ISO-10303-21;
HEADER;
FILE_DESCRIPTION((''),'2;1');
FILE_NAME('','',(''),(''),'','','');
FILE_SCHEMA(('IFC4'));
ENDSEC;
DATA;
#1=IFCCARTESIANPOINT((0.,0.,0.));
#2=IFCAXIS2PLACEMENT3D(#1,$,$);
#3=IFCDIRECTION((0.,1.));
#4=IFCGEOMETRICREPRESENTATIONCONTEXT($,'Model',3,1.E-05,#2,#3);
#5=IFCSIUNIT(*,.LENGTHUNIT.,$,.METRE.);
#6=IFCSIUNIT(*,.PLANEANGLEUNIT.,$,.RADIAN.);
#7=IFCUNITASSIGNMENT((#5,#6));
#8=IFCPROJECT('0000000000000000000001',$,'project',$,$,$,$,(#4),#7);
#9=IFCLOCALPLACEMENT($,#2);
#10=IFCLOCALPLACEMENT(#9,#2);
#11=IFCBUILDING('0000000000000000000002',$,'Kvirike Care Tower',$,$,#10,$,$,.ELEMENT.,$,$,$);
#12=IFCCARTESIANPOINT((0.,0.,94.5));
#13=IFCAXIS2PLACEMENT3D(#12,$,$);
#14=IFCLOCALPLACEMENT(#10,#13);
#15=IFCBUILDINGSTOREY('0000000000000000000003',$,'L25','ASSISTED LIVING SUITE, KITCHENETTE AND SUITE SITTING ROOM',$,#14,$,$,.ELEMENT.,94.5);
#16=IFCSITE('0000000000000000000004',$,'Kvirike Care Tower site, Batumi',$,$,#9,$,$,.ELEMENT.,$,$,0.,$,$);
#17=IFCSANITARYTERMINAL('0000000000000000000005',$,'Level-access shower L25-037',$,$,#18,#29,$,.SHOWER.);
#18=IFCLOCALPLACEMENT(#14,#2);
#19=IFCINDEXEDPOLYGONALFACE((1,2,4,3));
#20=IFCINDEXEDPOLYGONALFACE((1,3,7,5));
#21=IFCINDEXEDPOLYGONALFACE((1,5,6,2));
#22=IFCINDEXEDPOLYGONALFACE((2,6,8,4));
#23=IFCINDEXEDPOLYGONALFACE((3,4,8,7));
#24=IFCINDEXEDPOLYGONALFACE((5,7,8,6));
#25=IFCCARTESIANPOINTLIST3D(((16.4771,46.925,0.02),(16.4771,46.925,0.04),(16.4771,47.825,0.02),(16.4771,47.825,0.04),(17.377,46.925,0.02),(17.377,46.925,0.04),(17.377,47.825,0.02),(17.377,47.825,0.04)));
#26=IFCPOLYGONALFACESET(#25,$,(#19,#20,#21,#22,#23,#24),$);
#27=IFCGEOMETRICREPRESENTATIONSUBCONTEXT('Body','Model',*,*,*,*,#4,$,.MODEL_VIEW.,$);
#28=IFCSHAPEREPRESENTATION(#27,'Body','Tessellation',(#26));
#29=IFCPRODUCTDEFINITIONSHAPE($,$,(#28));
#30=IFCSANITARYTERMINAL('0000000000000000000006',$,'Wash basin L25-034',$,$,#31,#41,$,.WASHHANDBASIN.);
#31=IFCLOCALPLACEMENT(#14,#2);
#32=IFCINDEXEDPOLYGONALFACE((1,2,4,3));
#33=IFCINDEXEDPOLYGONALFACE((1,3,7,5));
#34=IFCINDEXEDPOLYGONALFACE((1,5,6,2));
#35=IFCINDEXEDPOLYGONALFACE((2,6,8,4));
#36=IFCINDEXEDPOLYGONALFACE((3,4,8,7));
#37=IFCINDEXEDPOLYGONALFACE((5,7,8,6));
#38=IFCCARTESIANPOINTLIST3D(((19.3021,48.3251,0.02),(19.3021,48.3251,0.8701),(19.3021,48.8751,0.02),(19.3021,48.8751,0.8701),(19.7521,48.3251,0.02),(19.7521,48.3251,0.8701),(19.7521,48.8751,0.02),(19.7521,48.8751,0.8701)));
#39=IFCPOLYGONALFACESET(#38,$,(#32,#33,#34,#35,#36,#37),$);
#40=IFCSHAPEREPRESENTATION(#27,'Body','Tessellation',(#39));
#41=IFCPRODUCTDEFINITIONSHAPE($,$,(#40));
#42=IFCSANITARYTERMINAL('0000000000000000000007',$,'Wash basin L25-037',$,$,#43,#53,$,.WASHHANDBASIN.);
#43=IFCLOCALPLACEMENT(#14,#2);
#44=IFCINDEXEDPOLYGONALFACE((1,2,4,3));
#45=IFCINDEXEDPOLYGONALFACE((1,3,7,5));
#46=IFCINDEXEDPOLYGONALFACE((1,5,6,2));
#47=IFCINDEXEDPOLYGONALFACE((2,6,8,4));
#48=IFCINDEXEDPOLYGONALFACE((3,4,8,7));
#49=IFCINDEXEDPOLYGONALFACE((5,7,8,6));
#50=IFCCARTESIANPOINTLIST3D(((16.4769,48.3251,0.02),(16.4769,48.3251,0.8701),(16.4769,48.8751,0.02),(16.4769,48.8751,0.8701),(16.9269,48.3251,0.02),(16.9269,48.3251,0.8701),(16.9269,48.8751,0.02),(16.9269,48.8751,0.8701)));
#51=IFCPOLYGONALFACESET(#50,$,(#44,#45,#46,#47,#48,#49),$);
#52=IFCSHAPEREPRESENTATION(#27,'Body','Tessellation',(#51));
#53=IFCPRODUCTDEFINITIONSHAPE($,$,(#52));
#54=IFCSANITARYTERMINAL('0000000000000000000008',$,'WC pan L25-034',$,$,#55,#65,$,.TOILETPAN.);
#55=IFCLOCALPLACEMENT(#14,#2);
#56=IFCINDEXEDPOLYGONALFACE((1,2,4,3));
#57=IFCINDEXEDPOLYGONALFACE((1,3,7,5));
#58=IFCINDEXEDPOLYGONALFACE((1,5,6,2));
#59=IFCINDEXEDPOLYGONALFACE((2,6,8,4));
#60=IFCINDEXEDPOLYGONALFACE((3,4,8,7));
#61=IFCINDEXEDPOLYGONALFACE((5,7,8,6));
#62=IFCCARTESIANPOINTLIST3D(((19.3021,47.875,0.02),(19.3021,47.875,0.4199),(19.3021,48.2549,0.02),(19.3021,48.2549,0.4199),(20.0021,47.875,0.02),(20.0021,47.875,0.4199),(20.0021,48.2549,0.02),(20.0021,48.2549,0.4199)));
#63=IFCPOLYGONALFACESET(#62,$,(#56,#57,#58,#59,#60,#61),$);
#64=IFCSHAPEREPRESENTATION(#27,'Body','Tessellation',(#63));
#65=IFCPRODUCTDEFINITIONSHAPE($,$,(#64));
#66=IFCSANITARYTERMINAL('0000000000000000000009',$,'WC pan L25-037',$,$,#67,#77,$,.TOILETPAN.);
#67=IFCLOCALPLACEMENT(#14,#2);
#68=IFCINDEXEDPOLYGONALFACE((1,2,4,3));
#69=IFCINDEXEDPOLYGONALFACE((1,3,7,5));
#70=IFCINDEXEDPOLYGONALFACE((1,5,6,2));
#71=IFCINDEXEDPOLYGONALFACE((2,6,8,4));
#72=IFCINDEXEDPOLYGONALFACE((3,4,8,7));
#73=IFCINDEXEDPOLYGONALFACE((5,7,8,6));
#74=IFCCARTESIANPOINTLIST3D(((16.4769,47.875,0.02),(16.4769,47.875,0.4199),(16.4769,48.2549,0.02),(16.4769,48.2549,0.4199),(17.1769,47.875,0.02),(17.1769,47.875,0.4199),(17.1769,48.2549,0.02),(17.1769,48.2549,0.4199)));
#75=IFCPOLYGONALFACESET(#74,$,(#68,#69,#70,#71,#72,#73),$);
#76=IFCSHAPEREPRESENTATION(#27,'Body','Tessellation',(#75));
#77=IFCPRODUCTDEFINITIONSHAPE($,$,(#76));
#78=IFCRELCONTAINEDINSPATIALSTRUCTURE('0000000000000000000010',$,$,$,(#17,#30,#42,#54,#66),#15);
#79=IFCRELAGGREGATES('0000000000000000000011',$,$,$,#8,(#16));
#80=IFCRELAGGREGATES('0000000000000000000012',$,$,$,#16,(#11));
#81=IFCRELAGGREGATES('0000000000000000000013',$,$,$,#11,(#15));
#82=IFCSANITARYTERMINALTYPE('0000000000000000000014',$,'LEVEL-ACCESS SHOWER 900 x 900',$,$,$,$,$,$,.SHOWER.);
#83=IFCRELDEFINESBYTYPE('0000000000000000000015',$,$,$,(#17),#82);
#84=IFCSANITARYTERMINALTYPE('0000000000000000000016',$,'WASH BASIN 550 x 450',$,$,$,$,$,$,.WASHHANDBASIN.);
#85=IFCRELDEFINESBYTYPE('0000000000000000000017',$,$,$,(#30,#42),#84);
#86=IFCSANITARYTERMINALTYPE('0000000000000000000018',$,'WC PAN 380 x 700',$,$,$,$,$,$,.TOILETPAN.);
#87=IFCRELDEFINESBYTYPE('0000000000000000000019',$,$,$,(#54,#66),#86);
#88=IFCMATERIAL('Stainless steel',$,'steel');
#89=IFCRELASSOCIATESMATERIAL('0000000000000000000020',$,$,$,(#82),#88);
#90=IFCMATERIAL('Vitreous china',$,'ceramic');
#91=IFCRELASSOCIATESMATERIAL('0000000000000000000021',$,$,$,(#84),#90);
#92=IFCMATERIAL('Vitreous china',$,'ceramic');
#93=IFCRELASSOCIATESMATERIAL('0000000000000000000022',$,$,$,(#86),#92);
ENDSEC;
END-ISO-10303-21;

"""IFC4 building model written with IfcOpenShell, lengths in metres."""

from ifc_helpers import new_model, si_unit, direction, frame, origin, origin_2d, place, context, subcontext, project, spatial, rectangle, extrude, material, type_object, element, save


model = new_model("IFC4")

# Units and contexts
model_context = context("Model", 3, precision=1e-05, world=origin(), true_north=direction((0.0, 1.0)))
body_context = subcontext(model_context, "Body", "Model", "MODEL_VIEW")
ifc_project = project(units=[si_unit("LENGTHUNIT", "METRE"), si_unit("PLANEANGLEUNIT", "RADIAN")], contexts=[model_context])

# Site, building, storey
site_placement = place(None, origin())
site = spatial("IfcSite", under=ifc_project, at=site_placement, Name="Kvirike Care Tower site, Batumi", CompositionType="ELEMENT", RefElevation=0.0)
building_placement = place(site_placement, origin())
building = spatial("IfcBuilding", under=site, at=building_placement, Name="Kvirike Care Tower", CompositionType="ELEMENT")
storey_placement = place(building_placement, frame((0.0, 0.0, 94.5)))
storey = spatial("IfcBuildingStorey", under=building, at=storey_placement, Name="L25", Description="ASSISTED LIVING SUITE, KITCHENETTE AND SUITE SITTING ROOM", CompositionType="ELEMENT", Elevation=94.5)

# Sanitary terminals
ifc_material_1 = material(Name="Stainless steel", Category="steel")
sanitary_terminal_type_1 = type_object("IfcSanitaryTerminalType", Name="LEVEL-ACCESS SHOWER 900 x 900", PredefinedType="SHOWER", material=ifc_material_1)
for number, where, z_axis, x_axis, name in (
    (1, (16.927, 47.375, 0.02), (0.0, 0.0, 1.0), (0.0, 1.0, 0.0), "Level-access shower L25-037"),
):
    element("IfcSanitaryTerminal", number, at=place(storey_placement, frame(where, z_axis=z_axis, x_axis=x_axis)), inside=storey, type_object=sanitary_terminal_type_1, Name=name, PredefinedType="SHOWER", context=body_context, shape_type="SweptSolid", body=[
        extrude(rectangle(XDim=0.8999, YDim=0.8999, at=origin_2d()), origin(), (0.0, 0.0, 1.0), 0.02),
    ])
ifc_material_2 = material(Name="Vitreous china", Category="ceramic")
sanitary_terminal_type_2 = type_object("IfcSanitaryTerminalType", Name="WASH BASIN 550 x 450", PredefinedType="WASHHANDBASIN", material=ifc_material_2)
for number, where, z_axis, x_axis, name in (
    (2, (19.5271, 48.6001, 0.02), (0.0, 0.0, 1.0), (0.0, 1.0, 0.0), "Wash basin L25-034"),
    (3, (16.7019, 48.6001, 0.02), (0.0, 0.0, 1.0), (0.0, 1.0, 0.0), "Wash basin L25-037"),
):
    element("IfcSanitaryTerminal", number, at=place(storey_placement, frame(where, z_axis=z_axis, x_axis=x_axis)), inside=storey, type_object=sanitary_terminal_type_2, Name=name, PredefinedType="WASHHANDBASIN", context=body_context, shape_type="SweptSolid", body=[
        extrude(rectangle(XDim=0.55, YDim=0.45, at=origin_2d()), origin(), (0.0, 0.0, 1.0), 0.8501),
    ])
ifc_material_3 = material(Name="Vitreous china", Category="ceramic")
sanitary_terminal_type_3 = type_object("IfcSanitaryTerminalType", Name="WC PAN 380 x 700", PredefinedType="TOILETPAN", material=ifc_material_3)
for number, where, z_axis, x_axis, name in (
    (4, (19.6521, 48.0649, 0.02), (0.0, 0.0, 1.0), (0.0, 1.0, 0.0), "WC pan L25-034"),
    (5, (16.8269, 48.0649, 0.02), (0.0, 0.0, 1.0), (0.0, 1.0, 0.0), "WC pan L25-037"),
):
    element("IfcSanitaryTerminal", number, at=place(storey_placement, frame(where, z_axis=z_axis, x_axis=x_axis)), inside=storey, type_object=sanitary_terminal_type_3, Name=name, PredefinedType="TOILETPAN", context=body_context, shape_type="SweptSolid", body=[
        extrude(rectangle(XDim=0.3799, YDim=0.7, at=origin_2d()), origin(), (0.0, 0.0, 1.0), 0.3999),
    ])

save(model, "model.ifc")
